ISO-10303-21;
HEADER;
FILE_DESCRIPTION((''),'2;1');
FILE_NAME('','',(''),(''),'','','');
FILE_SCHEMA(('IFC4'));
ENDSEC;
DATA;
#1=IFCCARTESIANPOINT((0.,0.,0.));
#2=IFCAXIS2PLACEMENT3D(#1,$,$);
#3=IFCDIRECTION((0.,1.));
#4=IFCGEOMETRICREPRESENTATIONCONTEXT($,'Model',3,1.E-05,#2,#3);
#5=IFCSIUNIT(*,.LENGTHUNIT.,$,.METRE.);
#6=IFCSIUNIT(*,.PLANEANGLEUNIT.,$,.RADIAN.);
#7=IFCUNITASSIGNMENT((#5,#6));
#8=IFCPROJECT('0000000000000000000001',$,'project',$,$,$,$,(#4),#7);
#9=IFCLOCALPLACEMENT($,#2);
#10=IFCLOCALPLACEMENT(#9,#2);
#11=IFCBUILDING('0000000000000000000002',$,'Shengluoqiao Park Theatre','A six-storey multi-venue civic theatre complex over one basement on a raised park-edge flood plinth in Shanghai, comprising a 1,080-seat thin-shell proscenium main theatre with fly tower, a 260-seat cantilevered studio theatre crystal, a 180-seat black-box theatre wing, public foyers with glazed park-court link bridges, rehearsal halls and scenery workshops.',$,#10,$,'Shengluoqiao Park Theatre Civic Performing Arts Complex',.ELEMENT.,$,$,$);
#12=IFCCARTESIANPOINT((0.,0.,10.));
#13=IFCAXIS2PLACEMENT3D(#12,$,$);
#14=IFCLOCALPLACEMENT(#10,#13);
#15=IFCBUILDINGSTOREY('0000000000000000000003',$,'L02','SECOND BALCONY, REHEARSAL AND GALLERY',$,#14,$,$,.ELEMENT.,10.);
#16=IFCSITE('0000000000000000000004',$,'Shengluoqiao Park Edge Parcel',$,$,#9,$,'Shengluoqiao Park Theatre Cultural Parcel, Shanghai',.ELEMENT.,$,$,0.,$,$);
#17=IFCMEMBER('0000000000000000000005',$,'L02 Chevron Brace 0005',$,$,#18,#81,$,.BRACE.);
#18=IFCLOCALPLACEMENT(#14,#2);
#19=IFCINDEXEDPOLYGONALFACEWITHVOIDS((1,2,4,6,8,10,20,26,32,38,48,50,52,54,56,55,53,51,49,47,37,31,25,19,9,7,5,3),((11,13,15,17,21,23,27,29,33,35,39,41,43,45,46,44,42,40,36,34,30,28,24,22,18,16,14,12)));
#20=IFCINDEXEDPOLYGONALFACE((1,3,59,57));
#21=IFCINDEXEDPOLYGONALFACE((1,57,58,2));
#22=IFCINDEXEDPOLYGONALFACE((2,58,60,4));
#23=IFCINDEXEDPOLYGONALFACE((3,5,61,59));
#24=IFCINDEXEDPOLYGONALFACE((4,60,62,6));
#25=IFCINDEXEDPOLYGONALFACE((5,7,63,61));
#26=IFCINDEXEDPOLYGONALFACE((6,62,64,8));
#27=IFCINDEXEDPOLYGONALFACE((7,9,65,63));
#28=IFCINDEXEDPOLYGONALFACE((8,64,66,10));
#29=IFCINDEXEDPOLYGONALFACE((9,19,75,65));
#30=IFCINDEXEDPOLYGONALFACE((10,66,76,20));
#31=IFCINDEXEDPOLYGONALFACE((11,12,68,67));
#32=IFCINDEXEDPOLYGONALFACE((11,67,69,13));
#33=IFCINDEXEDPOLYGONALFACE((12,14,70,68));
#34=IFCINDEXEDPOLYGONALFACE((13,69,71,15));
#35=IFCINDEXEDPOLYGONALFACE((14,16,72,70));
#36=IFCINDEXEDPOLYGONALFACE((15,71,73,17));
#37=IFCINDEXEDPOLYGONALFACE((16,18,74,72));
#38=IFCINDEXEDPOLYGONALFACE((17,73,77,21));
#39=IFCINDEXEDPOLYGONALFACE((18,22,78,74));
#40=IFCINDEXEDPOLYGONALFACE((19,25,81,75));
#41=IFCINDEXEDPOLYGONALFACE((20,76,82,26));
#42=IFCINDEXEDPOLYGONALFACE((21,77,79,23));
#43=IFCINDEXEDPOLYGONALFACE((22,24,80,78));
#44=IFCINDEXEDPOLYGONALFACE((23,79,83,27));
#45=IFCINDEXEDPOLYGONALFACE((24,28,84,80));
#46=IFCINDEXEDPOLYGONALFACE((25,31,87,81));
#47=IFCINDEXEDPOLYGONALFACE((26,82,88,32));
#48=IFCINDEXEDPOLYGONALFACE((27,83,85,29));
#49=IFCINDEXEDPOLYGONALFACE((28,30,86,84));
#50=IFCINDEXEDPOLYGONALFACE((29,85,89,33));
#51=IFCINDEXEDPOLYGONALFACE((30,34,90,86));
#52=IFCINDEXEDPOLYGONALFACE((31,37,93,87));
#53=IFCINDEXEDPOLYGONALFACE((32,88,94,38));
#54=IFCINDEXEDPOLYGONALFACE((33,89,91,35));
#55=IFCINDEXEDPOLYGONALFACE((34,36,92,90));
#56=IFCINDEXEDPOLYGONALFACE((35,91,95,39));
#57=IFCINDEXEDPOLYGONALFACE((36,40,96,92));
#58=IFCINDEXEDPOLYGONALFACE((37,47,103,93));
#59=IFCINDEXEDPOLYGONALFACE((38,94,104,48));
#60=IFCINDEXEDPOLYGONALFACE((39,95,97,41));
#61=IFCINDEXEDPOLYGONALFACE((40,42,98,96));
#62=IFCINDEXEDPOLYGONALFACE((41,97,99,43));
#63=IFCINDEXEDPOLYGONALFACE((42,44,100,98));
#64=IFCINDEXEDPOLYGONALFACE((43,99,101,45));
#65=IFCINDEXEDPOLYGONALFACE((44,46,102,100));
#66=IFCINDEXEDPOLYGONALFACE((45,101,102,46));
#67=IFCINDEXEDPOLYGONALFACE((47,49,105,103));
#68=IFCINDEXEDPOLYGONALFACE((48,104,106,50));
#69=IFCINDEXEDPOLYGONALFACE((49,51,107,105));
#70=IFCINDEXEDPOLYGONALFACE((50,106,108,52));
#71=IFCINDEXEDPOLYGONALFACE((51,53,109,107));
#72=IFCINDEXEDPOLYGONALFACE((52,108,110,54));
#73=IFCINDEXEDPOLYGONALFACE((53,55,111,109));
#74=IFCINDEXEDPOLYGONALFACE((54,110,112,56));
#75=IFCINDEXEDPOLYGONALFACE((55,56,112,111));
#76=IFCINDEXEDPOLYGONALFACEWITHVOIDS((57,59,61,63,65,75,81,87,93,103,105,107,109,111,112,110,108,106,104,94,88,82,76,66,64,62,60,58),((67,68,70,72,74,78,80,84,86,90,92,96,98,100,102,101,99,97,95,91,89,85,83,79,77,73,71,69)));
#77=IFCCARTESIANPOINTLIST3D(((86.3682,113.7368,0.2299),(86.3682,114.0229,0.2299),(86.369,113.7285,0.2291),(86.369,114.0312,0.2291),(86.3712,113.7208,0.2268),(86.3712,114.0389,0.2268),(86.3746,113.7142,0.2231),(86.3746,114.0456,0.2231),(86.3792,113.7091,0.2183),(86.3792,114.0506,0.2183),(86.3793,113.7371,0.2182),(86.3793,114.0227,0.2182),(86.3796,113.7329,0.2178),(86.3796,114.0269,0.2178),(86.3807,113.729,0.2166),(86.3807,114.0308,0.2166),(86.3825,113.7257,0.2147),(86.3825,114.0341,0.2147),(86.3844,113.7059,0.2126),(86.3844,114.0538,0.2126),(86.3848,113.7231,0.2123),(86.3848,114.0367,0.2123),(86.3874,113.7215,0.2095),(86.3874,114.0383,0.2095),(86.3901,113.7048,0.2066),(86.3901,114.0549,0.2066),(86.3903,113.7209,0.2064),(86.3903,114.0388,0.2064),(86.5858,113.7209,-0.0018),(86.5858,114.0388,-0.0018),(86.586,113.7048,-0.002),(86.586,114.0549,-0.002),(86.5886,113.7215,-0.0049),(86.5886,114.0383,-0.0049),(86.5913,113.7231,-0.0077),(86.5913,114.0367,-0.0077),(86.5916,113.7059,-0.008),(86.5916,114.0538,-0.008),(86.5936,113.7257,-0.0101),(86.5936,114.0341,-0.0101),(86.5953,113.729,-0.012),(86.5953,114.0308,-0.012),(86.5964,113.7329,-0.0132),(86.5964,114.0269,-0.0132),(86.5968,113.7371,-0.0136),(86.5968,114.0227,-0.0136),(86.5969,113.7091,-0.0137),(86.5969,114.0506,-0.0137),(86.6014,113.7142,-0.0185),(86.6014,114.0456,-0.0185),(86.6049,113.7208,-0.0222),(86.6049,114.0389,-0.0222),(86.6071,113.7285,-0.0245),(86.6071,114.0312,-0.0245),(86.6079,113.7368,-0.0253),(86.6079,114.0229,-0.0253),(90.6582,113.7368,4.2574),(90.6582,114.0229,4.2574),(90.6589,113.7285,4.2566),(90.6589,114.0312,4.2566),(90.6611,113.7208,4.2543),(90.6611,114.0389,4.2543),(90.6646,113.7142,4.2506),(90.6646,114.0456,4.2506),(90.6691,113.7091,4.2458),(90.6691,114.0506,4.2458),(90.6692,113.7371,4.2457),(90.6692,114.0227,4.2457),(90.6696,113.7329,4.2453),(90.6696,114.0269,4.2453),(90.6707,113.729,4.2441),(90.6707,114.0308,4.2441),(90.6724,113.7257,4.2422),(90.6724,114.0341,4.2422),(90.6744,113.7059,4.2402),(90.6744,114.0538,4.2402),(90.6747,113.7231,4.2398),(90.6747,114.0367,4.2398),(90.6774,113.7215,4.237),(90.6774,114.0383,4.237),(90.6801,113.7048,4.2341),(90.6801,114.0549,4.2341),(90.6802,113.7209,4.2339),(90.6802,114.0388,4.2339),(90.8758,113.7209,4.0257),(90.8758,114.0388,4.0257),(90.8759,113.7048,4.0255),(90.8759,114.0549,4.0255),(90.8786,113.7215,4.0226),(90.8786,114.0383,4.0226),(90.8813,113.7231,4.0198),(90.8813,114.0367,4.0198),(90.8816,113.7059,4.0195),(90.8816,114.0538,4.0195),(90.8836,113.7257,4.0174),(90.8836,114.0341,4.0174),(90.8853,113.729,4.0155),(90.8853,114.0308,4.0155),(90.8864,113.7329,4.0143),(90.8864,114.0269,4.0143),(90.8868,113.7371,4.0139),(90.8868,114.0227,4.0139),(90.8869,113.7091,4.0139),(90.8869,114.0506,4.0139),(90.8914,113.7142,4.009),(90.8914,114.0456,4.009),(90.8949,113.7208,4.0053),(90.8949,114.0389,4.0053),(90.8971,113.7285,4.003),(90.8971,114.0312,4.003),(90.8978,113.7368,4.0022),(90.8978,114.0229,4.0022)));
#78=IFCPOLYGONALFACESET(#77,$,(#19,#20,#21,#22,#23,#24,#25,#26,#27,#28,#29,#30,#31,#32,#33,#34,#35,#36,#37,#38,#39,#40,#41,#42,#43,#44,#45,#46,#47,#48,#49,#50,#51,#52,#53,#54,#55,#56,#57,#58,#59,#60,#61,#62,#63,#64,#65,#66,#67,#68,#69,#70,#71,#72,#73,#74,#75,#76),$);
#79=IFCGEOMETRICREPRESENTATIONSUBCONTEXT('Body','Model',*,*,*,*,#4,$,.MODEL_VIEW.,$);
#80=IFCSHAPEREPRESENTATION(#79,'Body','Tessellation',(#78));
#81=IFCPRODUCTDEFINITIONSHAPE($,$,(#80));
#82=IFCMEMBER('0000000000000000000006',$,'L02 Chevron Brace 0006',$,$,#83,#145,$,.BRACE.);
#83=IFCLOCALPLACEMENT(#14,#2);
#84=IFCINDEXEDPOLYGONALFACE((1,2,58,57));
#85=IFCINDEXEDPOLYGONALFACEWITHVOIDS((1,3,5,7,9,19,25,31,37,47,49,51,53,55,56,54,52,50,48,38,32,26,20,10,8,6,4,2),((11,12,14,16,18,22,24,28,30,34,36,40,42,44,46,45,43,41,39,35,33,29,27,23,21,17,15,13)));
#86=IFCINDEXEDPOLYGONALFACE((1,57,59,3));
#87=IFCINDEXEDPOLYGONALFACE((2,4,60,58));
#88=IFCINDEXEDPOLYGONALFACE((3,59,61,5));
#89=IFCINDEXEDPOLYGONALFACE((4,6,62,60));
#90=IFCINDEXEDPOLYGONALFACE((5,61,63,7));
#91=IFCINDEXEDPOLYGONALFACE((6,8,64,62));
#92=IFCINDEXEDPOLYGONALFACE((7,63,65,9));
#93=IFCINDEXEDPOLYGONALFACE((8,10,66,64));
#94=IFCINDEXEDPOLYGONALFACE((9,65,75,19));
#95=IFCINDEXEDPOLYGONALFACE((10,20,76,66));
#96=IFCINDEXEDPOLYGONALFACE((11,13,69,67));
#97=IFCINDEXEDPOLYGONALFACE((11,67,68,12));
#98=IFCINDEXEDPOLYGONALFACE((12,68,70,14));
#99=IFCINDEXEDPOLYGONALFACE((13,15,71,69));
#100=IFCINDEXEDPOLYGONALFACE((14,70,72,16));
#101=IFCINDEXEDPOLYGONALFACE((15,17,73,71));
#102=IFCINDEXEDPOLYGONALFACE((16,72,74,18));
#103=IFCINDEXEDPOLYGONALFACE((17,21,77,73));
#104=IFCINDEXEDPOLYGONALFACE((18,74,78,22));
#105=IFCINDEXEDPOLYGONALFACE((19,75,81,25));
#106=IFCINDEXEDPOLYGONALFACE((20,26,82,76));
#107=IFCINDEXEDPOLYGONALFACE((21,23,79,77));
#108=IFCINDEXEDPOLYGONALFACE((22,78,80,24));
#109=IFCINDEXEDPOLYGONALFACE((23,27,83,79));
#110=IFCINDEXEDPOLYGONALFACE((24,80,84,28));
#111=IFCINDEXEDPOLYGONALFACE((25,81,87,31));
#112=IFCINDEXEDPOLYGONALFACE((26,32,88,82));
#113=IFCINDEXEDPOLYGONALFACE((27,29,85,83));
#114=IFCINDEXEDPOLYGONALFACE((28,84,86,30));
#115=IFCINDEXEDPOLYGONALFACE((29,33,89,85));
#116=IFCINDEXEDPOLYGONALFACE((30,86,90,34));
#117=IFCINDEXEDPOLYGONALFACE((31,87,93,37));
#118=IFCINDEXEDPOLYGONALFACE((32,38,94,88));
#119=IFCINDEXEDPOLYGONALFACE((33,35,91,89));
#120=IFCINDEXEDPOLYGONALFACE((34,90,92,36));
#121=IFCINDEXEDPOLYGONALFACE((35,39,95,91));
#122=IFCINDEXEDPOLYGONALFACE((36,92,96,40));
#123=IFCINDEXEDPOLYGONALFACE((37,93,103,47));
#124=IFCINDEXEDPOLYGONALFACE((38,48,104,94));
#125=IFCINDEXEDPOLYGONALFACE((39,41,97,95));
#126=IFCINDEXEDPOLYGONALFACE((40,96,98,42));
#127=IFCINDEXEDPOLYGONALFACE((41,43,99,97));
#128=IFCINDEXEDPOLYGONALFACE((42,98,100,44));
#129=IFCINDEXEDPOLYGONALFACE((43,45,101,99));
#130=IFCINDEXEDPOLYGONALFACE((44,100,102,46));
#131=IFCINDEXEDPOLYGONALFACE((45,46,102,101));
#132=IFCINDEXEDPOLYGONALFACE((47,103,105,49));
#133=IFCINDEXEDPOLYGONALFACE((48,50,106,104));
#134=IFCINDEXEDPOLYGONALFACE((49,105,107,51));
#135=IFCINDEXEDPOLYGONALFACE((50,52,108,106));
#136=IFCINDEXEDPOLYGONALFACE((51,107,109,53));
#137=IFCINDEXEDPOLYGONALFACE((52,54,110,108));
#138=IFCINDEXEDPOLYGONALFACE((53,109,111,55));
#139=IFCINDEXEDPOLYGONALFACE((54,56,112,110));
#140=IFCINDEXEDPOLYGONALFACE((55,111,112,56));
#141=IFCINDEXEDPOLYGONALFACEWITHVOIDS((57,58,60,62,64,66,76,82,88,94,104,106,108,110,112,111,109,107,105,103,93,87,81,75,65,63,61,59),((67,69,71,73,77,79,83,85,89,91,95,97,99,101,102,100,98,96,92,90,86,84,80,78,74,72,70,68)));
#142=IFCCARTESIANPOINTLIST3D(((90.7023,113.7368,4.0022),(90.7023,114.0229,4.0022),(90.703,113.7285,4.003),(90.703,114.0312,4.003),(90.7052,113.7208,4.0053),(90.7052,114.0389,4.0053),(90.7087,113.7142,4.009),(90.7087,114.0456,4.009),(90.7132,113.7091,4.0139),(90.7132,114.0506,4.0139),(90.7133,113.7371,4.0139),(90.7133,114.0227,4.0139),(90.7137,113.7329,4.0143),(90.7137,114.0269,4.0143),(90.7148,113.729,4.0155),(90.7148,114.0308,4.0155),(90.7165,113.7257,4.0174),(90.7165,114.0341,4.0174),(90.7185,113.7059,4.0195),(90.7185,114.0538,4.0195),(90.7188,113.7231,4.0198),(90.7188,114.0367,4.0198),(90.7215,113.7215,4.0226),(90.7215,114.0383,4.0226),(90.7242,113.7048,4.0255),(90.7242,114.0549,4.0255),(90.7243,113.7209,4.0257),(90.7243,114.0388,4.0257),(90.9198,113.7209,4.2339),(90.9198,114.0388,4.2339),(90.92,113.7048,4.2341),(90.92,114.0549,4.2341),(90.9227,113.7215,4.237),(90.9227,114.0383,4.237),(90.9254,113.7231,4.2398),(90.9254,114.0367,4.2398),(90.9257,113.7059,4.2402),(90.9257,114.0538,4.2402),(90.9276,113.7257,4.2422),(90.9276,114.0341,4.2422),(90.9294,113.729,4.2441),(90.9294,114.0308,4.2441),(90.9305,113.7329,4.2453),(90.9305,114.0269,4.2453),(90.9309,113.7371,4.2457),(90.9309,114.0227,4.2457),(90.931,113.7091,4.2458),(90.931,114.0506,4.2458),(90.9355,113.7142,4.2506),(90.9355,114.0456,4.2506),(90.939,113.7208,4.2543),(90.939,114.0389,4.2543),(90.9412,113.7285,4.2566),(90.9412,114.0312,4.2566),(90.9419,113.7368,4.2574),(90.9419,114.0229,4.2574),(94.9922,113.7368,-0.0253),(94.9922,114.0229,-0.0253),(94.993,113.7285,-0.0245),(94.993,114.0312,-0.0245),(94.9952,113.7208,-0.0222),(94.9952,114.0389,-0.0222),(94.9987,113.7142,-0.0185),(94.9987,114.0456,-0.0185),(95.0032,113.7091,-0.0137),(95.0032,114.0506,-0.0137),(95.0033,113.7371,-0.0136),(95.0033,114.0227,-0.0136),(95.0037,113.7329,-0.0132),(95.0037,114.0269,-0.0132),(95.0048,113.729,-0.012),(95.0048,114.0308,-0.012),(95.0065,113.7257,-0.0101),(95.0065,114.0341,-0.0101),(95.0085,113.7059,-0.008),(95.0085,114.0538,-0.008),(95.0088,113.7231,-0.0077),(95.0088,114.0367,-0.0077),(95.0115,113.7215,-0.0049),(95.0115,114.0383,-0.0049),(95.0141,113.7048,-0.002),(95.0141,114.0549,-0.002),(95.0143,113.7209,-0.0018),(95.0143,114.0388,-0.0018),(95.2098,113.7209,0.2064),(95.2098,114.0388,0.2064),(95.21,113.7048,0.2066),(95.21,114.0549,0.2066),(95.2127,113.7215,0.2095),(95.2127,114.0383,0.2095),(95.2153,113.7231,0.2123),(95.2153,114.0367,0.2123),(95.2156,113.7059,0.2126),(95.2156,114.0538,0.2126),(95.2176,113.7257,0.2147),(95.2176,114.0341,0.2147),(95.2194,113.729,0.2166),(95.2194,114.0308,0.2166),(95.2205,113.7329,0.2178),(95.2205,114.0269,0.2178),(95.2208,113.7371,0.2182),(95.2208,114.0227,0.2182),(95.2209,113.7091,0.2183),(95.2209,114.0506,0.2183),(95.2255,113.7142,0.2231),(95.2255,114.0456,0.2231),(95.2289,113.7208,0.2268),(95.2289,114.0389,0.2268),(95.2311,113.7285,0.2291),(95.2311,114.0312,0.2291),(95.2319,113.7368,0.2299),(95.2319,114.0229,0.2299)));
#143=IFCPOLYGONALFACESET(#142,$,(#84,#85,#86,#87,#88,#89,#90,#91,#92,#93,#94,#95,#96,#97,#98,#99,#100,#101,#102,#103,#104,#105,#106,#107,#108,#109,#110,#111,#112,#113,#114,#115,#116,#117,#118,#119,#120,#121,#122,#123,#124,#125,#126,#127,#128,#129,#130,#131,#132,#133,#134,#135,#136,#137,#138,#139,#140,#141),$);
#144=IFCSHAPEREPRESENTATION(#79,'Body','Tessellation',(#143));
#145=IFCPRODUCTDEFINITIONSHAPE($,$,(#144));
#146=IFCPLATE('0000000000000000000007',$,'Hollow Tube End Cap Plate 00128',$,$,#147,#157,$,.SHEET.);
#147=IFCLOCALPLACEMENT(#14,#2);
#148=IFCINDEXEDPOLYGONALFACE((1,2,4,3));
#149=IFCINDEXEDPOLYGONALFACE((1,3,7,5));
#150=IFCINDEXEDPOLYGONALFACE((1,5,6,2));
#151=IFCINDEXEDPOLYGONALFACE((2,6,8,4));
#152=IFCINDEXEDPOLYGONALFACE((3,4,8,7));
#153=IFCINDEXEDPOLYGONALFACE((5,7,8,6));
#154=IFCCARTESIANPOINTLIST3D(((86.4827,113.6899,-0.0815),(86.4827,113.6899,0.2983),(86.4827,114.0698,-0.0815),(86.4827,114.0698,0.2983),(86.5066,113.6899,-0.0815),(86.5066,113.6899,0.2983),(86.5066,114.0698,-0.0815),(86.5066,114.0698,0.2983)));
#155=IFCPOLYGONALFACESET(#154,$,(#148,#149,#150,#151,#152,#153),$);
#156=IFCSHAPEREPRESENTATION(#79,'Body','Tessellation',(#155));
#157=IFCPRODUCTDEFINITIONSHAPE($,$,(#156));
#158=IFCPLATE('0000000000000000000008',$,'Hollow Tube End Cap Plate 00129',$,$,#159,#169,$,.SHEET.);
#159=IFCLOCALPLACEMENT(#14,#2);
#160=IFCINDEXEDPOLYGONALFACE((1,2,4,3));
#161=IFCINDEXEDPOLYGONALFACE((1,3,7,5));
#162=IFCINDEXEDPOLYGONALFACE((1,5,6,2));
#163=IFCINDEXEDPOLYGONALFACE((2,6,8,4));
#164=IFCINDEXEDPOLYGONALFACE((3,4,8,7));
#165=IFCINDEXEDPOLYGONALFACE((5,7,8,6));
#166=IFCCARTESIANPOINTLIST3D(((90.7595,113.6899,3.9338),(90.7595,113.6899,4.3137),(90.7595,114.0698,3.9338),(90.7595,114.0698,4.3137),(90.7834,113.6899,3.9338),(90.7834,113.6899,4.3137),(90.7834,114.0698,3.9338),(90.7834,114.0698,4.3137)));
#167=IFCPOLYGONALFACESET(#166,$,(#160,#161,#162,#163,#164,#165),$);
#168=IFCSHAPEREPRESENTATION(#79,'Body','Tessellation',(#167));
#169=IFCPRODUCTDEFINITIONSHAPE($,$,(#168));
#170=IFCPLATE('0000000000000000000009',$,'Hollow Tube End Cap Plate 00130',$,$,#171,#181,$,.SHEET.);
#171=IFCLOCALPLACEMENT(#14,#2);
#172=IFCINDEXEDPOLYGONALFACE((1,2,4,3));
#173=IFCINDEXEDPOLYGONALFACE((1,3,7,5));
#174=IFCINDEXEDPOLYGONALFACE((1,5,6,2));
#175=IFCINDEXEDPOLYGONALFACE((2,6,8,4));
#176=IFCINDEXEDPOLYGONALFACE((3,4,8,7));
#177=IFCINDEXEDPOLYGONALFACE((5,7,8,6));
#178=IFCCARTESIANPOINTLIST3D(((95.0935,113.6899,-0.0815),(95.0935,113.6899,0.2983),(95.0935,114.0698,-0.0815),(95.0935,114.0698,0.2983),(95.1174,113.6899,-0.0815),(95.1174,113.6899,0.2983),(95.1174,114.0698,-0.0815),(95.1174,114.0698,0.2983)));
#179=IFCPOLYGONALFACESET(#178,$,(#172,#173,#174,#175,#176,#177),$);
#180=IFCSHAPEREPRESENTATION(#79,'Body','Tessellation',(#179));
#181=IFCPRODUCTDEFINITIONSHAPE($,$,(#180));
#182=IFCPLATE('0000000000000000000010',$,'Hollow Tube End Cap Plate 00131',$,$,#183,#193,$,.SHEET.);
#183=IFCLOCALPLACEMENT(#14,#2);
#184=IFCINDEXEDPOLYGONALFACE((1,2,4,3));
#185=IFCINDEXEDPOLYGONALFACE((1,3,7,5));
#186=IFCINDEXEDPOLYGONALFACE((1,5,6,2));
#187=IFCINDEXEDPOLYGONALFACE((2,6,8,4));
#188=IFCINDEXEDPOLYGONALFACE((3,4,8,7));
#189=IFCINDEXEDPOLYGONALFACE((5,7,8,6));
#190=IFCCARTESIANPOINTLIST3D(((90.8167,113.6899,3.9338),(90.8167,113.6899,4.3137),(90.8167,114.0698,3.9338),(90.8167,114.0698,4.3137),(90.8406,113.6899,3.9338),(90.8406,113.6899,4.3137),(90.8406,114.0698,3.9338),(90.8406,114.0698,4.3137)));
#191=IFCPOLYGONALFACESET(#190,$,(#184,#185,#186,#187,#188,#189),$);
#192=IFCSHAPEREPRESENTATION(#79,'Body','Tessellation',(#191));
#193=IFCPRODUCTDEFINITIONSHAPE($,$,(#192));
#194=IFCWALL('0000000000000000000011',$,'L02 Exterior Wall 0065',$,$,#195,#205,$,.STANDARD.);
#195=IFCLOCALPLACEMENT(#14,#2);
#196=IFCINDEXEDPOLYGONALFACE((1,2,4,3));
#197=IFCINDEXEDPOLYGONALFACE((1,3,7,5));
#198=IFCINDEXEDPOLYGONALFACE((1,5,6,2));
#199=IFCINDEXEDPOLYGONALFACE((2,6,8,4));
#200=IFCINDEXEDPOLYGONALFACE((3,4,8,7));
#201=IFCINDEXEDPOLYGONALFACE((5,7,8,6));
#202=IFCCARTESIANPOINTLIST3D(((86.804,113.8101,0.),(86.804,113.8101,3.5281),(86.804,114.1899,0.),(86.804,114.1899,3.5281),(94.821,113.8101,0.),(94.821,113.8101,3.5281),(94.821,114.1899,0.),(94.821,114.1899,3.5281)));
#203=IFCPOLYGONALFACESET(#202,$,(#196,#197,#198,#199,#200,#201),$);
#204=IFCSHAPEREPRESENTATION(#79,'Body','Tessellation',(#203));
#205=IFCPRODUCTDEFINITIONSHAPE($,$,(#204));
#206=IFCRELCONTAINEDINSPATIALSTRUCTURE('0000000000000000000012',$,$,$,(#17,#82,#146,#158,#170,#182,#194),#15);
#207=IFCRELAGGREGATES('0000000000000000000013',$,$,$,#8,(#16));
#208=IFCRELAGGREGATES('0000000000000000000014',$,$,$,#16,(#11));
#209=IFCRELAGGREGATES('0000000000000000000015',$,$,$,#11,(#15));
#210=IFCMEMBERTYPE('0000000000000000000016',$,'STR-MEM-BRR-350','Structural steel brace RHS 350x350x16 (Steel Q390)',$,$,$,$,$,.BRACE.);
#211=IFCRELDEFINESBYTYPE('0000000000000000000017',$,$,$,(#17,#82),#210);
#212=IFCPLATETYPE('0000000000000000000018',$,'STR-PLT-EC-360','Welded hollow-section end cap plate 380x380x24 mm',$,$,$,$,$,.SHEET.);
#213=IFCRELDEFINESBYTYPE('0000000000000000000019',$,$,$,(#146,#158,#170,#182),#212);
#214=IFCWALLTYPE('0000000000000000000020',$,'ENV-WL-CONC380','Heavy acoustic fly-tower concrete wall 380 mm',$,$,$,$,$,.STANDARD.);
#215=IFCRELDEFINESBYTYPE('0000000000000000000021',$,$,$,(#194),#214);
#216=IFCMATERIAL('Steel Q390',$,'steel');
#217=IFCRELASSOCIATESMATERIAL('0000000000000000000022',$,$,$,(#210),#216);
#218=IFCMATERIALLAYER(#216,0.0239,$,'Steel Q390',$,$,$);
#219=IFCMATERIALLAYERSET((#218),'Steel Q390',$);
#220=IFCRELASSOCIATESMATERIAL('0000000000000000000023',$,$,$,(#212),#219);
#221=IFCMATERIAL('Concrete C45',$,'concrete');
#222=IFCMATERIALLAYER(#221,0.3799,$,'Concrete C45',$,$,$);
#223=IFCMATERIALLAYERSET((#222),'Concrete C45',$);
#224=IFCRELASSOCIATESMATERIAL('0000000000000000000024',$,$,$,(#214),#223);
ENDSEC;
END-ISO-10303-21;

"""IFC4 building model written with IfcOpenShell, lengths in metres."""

from ifc_helpers import new_model, si_unit, direction, frame, frame_2d, origin, origin_2d, place, context, subcontext, project, spatial, rectangle, hollow_rectangle, extrude, material, layer, layer_set, material_profile, profile_set, type_object, element, save


model = new_model("IFC4")

# Units and contexts
model_context = context("Model", 3, precision=1e-05, world=origin(), true_north=direction((0.0, 1.0)))
body_context = subcontext(model_context, "Body", "Model", "MODEL_VIEW")
ifc_project = project(units=[si_unit("LENGTHUNIT", "METRE"), si_unit("PLANEANGLEUNIT", "RADIAN")], contexts=[model_context])

# Site, building, storey
site_placement = place(None, origin())
site = spatial("IfcSite", under=ifc_project, at=site_placement, Name="Shengluoqiao Park Edge Parcel", LongName="Shengluoqiao Park Theatre Cultural Parcel, Shanghai", CompositionType="ELEMENT", RefElevation=0.0)
building_placement = place(site_placement, origin())
building = spatial("IfcBuilding", under=site, at=building_placement, Name="Shengluoqiao Park Theatre", Description="A six-storey multi-venue civic theatre complex over one basement on a raised park-edge flood plinth in Shanghai, comprising a 1,080-seat thin-shell proscenium main theatre with fly tower, a 260-seat cantilevered studio theatre crystal, a 180-seat black-box theatre wing, public foyers with glazed park-court link bridges, rehearsal halls and scenery workshops.", LongName="Shengluoqiao Park Theatre Civic Performing Arts Complex", CompositionType="ELEMENT")
storey_placement = place(building_placement, frame((0.0, 0.0, 10.0)))
storey = spatial("IfcBuildingStorey", under=building, at=storey_placement, Name="L02", Description="SECOND BALCONY, REHEARSAL AND GALLERY", CompositionType="ELEMENT", Elevation=10.0)

# Shared definitions
ifc_material_1 = material(Name="Steel Q390", Category="steel")

# Members
ifc_material_profile_1 = material_profile(ifc_material_1, hollow_rectangle(XDim=0.3501, YDim=0.3501, WallThickness=0.0161, InnerFilletRadius=0.0161, OuterFilletRadius=0.032, at=origin_2d()), Name="RHS 350x350x16")
ifc_profile_set_1 = profile_set([ifc_material_profile_1], Name="Steel Q390")
member_type = type_object("IfcMemberType", Name="STR-MEM-BRR-350", Description="Structural steel brace RHS 350x350x16 (Steel Q390)", PredefinedType="BRACE", material=ifc_profile_set_1)
for number, where, z_axis, x_axis, name in (
    (1, (86.488, 113.8799, 0.1023), (0.729056, 0.0, 0.684454), (0.0, 1.0, 0.0), "L02 Chevron Brace 0005"),
    (2, (95.1121, 113.8799, 0.1023), (-0.729056, 0.0, 0.684454), (0.0, -1.0, 0.0), "L02 Chevron Brace 0006"),
):
    element("IfcMember", number, at=place(storey_placement, frame(where, z_axis=z_axis, x_axis=x_axis)), inside=storey, type_object=member_type, Name=name, PredefinedType="BRACE", context=body_context, shape_type="SweptSolid", body=[
        extrude(hollow_rectangle(XDim=0.3501, YDim=0.3501, WallThickness=0.0161, InnerFilletRadius=0.0161, OuterFilletRadius=0.032, at=origin_2d()), origin(), (0.0, 0.0, 1.0), 5.8843),
    ])

# Plates
ifc_layer_1 = layer(ifc_material_1, 0.0239, Name="Steel Q390")
ifc_layer_set_1 = layer_set([ifc_layer_1], Name="Steel Q390")
plate_type = type_object("IfcPlateType", Name="STR-PLT-EC-360", Description="Welded hollow-section end cap plate 380x380x24 mm", PredefinedType="SHEET", material=ifc_layer_set_1)
for number, where, z_axis, x_axis, name in (
    (3, (86.4946, 113.8799, -0.0815), (0.0, 0.0, 1.0), (1.0, 0.0, 0.0), "Hollow Tube End Cap Plate 00128"),
    (4, (90.7715, 113.8799, 3.9338), (0.0, 0.0, 1.0), (1.0, 0.0, 0.0), "Hollow Tube End Cap Plate 00129"),
    (5, (95.1055, 113.8799, -0.0815), (0.0, 0.0, 1.0), (-1.0, 0.0, 0.0), "Hollow Tube End Cap Plate 00130"),
    (6, (90.8286, 113.8799, 3.9338), (0.0, 0.0, 1.0), (-1.0, 0.0, 0.0), "Hollow Tube End Cap Plate 00131"),
):
    element("IfcPlate", number, at=place(storey_placement, frame(where, z_axis=z_axis, x_axis=x_axis)), inside=storey, type_object=plate_type, Name=name, PredefinedType="SHEET", context=body_context, shape_type="SweptSolid", body=[
        extrude(rectangle(XDim=0.0239, YDim=0.3799, at=origin_2d()), origin(), (0.0, 0.0, 1.0), 0.3799),
    ])

# Wall
ifc_material_2 = material(Name="Concrete C45", Category="concrete")
ifc_layer_2 = layer(ifc_material_2, 0.3799, Name="Concrete C45")
ifc_layer_set_2 = layer_set([ifc_layer_2], Name="Concrete C45")
wall_type_1 = type_object("IfcWallType", Name="ENV-WL-CONC380", Description="Heavy acoustic fly-tower concrete wall 380 mm", PredefinedType="STANDARD", material=ifc_layer_set_2)
wall_1_placement = place(storey_placement, frame((86.804, 114.0, 0.0), z_axis=(0.0, 0.0, 1.0), x_axis=(1.0, 0.0, 0.0)))
element("IfcWall", 7, at=wall_1_placement, inside=storey, type_object=wall_type_1, Name="L02 Exterior Wall 0065", PredefinedType="STANDARD", context=body_context, shape_type="SweptSolid", body=[
    extrude(rectangle(XDim=8.0171, YDim=0.3799, at=frame_2d((4.0085, 0.0))), origin(), (0.0, 0.0, 1.0), 3.5281),
])

save(model, "model.ifc")
